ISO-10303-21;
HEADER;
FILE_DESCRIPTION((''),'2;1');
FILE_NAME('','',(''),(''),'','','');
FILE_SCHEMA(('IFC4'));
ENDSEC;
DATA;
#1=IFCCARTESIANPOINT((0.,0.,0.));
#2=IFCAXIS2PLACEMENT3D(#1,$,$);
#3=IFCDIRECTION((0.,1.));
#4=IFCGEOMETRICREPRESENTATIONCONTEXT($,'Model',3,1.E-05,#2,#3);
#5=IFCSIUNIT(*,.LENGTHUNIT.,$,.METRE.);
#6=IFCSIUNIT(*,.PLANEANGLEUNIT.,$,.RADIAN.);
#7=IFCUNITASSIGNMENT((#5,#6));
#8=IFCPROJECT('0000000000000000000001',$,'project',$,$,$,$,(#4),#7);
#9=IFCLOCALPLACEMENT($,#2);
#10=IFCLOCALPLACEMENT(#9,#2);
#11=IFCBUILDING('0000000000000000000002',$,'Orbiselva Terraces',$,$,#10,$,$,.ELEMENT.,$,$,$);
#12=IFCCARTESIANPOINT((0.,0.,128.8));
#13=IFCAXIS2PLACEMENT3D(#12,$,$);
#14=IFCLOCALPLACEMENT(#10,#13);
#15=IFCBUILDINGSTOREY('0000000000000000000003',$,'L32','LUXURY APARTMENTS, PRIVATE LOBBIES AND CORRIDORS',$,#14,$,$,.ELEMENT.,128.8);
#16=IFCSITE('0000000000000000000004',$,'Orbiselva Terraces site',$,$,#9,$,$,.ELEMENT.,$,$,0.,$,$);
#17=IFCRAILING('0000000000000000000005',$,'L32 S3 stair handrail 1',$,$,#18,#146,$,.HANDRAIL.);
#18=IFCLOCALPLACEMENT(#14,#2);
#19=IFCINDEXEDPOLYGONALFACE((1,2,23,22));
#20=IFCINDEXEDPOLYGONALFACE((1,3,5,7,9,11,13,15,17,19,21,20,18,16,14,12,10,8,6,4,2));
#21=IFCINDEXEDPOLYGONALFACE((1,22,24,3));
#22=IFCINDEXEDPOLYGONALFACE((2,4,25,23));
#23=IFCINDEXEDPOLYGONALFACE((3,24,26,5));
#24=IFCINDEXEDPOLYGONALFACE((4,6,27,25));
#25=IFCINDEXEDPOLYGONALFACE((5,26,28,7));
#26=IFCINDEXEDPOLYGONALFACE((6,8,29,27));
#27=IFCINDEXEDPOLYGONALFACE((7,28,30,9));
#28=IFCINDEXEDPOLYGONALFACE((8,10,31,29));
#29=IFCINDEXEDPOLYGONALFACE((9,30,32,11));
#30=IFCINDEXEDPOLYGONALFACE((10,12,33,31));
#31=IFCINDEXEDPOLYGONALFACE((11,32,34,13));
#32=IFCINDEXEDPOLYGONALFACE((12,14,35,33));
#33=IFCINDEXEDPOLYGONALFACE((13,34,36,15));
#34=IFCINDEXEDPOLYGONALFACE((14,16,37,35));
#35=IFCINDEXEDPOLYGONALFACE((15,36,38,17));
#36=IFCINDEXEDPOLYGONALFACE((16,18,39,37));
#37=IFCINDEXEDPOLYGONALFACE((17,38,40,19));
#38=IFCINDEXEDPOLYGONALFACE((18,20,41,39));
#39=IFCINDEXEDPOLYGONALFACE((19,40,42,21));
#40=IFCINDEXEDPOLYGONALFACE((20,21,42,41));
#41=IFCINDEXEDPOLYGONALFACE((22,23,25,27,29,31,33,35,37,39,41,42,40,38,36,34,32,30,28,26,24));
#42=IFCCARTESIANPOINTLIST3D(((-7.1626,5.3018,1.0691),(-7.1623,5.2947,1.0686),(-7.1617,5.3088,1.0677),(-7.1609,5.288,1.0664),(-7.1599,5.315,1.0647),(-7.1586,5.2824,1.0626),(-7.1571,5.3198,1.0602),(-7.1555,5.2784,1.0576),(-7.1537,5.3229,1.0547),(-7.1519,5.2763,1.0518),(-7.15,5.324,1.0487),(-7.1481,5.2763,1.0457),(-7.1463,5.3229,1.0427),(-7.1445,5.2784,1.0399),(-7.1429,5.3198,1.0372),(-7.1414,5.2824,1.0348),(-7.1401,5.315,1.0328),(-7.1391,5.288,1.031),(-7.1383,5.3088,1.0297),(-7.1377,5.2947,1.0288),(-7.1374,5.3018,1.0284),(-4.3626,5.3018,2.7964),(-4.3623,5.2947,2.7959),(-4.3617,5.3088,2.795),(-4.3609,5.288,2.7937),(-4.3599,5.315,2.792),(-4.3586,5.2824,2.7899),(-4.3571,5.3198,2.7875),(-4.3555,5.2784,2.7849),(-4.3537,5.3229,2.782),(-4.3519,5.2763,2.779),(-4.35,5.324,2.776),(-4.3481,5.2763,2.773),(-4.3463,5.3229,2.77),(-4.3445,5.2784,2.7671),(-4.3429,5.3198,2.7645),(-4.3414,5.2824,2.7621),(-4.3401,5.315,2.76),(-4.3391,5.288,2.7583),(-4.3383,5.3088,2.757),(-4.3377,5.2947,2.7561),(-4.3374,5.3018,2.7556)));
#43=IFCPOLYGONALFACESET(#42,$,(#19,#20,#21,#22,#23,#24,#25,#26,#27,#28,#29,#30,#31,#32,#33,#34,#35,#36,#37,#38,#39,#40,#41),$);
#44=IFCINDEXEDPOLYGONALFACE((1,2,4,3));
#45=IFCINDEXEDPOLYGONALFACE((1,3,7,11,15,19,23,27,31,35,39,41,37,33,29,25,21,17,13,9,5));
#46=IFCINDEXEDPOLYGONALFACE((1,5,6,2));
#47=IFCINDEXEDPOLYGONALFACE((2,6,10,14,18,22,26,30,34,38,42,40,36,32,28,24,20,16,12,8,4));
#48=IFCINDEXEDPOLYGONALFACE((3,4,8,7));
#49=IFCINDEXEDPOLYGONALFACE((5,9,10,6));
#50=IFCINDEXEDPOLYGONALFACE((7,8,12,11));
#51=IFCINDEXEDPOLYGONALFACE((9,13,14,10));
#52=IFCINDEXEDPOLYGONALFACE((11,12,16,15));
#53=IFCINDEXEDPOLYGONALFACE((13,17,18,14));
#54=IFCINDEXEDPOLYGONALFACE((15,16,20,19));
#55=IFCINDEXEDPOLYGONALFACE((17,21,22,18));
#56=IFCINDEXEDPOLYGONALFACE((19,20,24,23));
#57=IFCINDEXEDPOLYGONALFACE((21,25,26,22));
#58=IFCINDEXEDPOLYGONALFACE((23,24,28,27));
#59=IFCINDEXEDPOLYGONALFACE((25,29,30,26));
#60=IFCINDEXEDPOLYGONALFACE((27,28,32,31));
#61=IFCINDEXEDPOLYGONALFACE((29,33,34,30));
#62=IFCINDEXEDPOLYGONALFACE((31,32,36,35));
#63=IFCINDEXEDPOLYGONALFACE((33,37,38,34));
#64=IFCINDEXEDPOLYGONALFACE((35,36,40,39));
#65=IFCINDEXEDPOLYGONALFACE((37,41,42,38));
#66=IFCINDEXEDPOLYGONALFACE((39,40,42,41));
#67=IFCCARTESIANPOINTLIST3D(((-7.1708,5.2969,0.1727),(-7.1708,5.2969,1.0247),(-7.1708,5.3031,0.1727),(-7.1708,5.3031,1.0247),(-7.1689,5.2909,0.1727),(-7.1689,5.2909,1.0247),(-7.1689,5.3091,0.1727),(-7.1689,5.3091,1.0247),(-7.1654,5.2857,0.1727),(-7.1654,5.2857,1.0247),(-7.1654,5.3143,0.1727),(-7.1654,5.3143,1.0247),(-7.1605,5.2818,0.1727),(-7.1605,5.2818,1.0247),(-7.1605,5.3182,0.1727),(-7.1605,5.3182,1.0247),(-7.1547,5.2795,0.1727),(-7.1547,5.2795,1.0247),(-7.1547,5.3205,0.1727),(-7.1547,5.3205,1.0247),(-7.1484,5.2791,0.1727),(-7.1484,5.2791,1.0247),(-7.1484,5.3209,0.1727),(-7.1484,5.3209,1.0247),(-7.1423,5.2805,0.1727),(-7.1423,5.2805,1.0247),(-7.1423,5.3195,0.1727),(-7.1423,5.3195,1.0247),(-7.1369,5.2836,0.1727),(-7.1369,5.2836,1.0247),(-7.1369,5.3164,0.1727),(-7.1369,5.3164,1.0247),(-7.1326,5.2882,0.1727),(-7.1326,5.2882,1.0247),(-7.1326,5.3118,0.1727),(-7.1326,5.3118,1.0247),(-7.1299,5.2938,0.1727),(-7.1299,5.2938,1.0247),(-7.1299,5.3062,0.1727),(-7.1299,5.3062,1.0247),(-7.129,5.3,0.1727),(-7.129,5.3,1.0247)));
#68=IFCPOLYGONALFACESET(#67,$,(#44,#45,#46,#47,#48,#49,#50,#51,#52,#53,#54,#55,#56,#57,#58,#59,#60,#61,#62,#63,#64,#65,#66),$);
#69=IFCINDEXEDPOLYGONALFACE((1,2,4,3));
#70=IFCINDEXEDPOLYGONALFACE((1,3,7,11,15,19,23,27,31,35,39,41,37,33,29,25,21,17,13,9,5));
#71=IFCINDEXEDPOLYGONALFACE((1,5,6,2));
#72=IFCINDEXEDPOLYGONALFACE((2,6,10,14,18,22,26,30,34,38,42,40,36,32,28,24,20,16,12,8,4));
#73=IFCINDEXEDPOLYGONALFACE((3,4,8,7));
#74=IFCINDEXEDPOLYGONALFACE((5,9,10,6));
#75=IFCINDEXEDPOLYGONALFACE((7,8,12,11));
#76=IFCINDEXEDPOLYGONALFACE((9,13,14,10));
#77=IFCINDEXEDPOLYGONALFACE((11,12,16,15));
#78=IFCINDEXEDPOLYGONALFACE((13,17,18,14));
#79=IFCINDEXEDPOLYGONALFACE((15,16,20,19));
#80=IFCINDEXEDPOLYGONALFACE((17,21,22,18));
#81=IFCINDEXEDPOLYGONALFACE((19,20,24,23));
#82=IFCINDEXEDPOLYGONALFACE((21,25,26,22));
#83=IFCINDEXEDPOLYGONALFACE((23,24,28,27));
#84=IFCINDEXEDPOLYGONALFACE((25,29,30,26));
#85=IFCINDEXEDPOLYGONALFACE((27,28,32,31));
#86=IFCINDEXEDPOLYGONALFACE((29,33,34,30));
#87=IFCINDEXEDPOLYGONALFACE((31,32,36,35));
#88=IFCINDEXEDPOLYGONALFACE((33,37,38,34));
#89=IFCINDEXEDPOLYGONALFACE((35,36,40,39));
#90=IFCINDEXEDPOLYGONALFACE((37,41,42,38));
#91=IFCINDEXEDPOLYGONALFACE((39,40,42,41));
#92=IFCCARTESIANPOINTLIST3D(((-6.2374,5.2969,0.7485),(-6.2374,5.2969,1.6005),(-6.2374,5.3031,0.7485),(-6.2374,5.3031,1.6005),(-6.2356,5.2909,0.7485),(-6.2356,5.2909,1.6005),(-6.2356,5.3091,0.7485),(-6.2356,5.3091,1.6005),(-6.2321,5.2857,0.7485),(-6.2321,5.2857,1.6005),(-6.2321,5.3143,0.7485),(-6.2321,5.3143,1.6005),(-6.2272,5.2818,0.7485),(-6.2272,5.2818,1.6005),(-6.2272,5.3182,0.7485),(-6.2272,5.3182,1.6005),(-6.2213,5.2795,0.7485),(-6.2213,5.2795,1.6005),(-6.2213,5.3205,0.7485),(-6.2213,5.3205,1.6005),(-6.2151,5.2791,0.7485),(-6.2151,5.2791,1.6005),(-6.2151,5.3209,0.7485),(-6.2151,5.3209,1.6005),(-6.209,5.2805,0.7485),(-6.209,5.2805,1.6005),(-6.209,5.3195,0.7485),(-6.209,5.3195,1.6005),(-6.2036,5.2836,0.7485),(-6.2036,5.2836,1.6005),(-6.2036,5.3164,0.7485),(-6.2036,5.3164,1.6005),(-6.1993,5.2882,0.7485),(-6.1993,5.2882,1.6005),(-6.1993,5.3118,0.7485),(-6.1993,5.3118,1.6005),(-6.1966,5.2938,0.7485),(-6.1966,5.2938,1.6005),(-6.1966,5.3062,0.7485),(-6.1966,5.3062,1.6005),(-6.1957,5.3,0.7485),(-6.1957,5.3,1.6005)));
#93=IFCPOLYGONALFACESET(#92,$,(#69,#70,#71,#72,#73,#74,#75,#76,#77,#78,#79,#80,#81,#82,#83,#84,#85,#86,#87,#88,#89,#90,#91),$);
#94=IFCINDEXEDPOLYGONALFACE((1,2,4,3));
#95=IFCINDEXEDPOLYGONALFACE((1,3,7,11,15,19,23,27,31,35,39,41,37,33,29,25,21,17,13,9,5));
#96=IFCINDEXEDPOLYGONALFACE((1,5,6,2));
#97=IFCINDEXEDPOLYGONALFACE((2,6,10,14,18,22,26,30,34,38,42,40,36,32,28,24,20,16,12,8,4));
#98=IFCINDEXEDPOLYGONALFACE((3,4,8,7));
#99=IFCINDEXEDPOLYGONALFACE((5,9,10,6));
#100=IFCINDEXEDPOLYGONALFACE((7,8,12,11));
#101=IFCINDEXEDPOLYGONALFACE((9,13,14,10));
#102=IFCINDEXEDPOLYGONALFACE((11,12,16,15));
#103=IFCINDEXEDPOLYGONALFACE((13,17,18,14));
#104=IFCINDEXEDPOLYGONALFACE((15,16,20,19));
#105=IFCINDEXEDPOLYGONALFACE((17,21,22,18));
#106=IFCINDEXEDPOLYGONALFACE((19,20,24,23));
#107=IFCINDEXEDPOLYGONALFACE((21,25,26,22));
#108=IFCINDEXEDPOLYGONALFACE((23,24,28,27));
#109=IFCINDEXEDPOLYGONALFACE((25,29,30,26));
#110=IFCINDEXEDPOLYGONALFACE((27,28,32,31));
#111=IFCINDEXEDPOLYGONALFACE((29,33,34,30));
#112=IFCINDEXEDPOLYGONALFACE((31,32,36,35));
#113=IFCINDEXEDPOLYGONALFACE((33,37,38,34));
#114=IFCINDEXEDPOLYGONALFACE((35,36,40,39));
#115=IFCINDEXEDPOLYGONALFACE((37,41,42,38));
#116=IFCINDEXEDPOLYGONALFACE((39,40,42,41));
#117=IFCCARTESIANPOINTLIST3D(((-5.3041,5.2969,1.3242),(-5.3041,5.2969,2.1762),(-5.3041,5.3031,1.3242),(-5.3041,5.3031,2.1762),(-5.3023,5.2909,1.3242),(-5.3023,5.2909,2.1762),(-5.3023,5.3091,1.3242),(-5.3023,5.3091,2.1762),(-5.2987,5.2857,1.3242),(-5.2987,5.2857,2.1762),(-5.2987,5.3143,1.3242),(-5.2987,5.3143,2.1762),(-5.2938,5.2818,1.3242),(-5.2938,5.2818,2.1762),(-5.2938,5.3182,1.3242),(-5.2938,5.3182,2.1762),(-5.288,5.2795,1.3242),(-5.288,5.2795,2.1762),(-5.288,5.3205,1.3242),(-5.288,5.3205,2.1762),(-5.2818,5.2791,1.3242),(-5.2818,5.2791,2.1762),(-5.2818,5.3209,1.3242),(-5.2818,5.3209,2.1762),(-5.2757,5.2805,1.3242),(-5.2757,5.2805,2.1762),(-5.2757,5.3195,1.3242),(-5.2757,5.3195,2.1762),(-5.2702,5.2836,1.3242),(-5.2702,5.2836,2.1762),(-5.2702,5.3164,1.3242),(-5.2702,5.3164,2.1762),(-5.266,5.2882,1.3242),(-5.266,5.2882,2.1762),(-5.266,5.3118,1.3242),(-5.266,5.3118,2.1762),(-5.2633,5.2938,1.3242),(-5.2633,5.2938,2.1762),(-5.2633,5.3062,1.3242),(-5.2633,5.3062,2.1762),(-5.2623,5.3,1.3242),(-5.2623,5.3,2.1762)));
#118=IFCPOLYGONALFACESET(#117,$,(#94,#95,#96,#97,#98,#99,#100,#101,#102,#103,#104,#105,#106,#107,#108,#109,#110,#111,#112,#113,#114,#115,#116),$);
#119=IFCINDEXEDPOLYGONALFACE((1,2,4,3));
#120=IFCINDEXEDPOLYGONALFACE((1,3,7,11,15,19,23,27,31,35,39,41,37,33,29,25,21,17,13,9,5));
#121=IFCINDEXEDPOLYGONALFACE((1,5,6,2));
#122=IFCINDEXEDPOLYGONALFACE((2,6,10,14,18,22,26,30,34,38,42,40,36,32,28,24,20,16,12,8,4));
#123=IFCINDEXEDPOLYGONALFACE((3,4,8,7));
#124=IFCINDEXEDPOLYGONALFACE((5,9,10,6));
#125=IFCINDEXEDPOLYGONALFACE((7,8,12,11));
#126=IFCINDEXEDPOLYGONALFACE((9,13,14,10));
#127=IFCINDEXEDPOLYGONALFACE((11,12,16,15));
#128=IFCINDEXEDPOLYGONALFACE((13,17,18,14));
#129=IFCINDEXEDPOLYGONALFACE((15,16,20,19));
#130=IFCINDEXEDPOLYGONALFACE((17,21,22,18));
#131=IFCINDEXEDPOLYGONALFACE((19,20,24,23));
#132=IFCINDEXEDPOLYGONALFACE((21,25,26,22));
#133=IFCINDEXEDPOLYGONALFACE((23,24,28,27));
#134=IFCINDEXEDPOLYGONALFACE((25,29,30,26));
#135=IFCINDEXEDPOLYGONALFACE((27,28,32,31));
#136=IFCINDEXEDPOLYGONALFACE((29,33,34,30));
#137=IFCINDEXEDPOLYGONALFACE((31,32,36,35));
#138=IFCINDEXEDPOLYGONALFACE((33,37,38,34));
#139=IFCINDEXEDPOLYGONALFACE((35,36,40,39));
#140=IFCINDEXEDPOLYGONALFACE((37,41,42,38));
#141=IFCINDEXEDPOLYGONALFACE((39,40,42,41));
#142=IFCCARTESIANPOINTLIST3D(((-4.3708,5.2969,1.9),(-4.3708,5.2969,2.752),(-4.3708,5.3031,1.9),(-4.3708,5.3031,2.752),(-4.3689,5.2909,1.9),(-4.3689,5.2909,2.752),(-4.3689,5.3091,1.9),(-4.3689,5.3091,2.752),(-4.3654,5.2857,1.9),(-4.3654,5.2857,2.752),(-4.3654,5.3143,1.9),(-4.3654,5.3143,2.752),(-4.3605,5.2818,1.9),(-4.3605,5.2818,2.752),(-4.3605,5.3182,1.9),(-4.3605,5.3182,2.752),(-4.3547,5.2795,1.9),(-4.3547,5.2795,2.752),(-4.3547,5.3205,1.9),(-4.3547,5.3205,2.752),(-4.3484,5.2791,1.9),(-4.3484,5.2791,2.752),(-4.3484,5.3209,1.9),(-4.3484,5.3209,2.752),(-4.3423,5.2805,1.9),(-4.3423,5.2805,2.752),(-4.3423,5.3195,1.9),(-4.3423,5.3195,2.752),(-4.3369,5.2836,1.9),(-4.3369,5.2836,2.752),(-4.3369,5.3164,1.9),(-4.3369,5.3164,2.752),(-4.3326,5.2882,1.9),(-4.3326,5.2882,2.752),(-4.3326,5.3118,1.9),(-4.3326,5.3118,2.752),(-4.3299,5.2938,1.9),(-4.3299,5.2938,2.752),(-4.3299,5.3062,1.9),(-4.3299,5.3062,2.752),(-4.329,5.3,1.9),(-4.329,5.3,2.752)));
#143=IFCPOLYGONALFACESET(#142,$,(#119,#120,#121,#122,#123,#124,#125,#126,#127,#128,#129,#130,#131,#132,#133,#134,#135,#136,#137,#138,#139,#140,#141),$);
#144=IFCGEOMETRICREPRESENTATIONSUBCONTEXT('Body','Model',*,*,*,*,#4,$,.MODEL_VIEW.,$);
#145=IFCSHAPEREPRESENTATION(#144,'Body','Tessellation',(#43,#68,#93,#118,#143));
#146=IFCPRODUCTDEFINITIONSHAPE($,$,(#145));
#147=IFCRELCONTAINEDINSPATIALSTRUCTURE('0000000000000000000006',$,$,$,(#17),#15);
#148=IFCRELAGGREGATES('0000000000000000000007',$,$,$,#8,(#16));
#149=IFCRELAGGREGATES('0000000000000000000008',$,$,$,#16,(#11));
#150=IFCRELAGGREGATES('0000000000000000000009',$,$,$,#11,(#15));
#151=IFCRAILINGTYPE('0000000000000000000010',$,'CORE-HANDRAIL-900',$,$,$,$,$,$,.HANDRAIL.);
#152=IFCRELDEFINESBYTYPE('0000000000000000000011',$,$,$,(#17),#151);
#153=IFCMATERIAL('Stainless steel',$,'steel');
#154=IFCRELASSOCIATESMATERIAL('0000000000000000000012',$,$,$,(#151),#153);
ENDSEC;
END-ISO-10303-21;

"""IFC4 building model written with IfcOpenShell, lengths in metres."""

from ifc_helpers import new_model, si_unit, direction, frame, origin, origin_2d, place, context, subcontext, project, spatial, circle, extrude, material, type_object, element, save


model = new_model("IFC4")

# Units and contexts
model_context = context("Model", 3, precision=1e-05, world=origin(), true_north=direction((0.0, 1.0)))
body_context = subcontext(model_context, "Body", "Model", "MODEL_VIEW")
ifc_project = project(units=[si_unit("LENGTHUNIT", "METRE"), si_unit("PLANEANGLEUNIT", "RADIAN")], contexts=[model_context])

# Site, building, storey
site_placement = place(None, origin())
site = spatial("IfcSite", under=ifc_project, at=site_placement, Name="Orbiselva Terraces site", CompositionType="ELEMENT", RefElevation=0.0)
building_placement = place(site_placement, origin())
building = spatial("IfcBuilding", under=site, at=building_placement, Name="Orbiselva Terraces", CompositionType="ELEMENT")
storey_placement = place(building_placement, frame((0.0, 0.0, 128.8)))
storey = spatial("IfcBuildingStorey", under=building, at=storey_placement, Name="L32", Description="LUXURY APARTMENTS, PRIVATE LOBBIES AND CORRIDORS", CompositionType="ELEMENT", Elevation=128.8)

# Railing
ifc_material_1 = material(Name="Stainless steel", Category="steel")
railing_type_1 = type_object("IfcRailingType", Name="CORE-HANDRAIL-900", PredefinedType="HANDRAIL", material=ifc_material_1)
railing_1_placement = place(storey_placement, frame((-7.15, 5.3, 0.1727)))
element("IfcRailing", 1, at=railing_1_placement, inside=storey, type_object=railing_type_1, Name="L32 S3 stair handrail 1", PredefinedType="HANDRAIL", context=body_context, shape_type="SweptSolid", body=[
    extrude(circle(Radius=0.024, at=origin_2d()), frame((0.0, 0.0, 0.876), z_axis=(0.851089, 0.0, 0.525022), x_axis=(0.0, 1.0, 0.0)), (0.0, 0.0, 1.0), 3.2899),
    extrude(circle(Radius=0.021, at=origin_2d()), origin(), (0.0, 0.0, 1.0), 0.852),
    extrude(circle(Radius=0.021, at=origin_2d()), frame((0.9333, 0.0, 0.5758)), (0.0, 0.0, 1.0), 0.852),
    extrude(circle(Radius=0.021, at=origin_2d()), frame((1.8667, 0.0, 1.1515)), (0.0, 0.0, 1.0), 0.852),
    extrude(circle(Radius=0.021, at=origin_2d()), frame((2.8, 0.0, 1.7273)), (0.0, 0.0, 1.0), 0.852),
])

save(model, "model.ifc")
